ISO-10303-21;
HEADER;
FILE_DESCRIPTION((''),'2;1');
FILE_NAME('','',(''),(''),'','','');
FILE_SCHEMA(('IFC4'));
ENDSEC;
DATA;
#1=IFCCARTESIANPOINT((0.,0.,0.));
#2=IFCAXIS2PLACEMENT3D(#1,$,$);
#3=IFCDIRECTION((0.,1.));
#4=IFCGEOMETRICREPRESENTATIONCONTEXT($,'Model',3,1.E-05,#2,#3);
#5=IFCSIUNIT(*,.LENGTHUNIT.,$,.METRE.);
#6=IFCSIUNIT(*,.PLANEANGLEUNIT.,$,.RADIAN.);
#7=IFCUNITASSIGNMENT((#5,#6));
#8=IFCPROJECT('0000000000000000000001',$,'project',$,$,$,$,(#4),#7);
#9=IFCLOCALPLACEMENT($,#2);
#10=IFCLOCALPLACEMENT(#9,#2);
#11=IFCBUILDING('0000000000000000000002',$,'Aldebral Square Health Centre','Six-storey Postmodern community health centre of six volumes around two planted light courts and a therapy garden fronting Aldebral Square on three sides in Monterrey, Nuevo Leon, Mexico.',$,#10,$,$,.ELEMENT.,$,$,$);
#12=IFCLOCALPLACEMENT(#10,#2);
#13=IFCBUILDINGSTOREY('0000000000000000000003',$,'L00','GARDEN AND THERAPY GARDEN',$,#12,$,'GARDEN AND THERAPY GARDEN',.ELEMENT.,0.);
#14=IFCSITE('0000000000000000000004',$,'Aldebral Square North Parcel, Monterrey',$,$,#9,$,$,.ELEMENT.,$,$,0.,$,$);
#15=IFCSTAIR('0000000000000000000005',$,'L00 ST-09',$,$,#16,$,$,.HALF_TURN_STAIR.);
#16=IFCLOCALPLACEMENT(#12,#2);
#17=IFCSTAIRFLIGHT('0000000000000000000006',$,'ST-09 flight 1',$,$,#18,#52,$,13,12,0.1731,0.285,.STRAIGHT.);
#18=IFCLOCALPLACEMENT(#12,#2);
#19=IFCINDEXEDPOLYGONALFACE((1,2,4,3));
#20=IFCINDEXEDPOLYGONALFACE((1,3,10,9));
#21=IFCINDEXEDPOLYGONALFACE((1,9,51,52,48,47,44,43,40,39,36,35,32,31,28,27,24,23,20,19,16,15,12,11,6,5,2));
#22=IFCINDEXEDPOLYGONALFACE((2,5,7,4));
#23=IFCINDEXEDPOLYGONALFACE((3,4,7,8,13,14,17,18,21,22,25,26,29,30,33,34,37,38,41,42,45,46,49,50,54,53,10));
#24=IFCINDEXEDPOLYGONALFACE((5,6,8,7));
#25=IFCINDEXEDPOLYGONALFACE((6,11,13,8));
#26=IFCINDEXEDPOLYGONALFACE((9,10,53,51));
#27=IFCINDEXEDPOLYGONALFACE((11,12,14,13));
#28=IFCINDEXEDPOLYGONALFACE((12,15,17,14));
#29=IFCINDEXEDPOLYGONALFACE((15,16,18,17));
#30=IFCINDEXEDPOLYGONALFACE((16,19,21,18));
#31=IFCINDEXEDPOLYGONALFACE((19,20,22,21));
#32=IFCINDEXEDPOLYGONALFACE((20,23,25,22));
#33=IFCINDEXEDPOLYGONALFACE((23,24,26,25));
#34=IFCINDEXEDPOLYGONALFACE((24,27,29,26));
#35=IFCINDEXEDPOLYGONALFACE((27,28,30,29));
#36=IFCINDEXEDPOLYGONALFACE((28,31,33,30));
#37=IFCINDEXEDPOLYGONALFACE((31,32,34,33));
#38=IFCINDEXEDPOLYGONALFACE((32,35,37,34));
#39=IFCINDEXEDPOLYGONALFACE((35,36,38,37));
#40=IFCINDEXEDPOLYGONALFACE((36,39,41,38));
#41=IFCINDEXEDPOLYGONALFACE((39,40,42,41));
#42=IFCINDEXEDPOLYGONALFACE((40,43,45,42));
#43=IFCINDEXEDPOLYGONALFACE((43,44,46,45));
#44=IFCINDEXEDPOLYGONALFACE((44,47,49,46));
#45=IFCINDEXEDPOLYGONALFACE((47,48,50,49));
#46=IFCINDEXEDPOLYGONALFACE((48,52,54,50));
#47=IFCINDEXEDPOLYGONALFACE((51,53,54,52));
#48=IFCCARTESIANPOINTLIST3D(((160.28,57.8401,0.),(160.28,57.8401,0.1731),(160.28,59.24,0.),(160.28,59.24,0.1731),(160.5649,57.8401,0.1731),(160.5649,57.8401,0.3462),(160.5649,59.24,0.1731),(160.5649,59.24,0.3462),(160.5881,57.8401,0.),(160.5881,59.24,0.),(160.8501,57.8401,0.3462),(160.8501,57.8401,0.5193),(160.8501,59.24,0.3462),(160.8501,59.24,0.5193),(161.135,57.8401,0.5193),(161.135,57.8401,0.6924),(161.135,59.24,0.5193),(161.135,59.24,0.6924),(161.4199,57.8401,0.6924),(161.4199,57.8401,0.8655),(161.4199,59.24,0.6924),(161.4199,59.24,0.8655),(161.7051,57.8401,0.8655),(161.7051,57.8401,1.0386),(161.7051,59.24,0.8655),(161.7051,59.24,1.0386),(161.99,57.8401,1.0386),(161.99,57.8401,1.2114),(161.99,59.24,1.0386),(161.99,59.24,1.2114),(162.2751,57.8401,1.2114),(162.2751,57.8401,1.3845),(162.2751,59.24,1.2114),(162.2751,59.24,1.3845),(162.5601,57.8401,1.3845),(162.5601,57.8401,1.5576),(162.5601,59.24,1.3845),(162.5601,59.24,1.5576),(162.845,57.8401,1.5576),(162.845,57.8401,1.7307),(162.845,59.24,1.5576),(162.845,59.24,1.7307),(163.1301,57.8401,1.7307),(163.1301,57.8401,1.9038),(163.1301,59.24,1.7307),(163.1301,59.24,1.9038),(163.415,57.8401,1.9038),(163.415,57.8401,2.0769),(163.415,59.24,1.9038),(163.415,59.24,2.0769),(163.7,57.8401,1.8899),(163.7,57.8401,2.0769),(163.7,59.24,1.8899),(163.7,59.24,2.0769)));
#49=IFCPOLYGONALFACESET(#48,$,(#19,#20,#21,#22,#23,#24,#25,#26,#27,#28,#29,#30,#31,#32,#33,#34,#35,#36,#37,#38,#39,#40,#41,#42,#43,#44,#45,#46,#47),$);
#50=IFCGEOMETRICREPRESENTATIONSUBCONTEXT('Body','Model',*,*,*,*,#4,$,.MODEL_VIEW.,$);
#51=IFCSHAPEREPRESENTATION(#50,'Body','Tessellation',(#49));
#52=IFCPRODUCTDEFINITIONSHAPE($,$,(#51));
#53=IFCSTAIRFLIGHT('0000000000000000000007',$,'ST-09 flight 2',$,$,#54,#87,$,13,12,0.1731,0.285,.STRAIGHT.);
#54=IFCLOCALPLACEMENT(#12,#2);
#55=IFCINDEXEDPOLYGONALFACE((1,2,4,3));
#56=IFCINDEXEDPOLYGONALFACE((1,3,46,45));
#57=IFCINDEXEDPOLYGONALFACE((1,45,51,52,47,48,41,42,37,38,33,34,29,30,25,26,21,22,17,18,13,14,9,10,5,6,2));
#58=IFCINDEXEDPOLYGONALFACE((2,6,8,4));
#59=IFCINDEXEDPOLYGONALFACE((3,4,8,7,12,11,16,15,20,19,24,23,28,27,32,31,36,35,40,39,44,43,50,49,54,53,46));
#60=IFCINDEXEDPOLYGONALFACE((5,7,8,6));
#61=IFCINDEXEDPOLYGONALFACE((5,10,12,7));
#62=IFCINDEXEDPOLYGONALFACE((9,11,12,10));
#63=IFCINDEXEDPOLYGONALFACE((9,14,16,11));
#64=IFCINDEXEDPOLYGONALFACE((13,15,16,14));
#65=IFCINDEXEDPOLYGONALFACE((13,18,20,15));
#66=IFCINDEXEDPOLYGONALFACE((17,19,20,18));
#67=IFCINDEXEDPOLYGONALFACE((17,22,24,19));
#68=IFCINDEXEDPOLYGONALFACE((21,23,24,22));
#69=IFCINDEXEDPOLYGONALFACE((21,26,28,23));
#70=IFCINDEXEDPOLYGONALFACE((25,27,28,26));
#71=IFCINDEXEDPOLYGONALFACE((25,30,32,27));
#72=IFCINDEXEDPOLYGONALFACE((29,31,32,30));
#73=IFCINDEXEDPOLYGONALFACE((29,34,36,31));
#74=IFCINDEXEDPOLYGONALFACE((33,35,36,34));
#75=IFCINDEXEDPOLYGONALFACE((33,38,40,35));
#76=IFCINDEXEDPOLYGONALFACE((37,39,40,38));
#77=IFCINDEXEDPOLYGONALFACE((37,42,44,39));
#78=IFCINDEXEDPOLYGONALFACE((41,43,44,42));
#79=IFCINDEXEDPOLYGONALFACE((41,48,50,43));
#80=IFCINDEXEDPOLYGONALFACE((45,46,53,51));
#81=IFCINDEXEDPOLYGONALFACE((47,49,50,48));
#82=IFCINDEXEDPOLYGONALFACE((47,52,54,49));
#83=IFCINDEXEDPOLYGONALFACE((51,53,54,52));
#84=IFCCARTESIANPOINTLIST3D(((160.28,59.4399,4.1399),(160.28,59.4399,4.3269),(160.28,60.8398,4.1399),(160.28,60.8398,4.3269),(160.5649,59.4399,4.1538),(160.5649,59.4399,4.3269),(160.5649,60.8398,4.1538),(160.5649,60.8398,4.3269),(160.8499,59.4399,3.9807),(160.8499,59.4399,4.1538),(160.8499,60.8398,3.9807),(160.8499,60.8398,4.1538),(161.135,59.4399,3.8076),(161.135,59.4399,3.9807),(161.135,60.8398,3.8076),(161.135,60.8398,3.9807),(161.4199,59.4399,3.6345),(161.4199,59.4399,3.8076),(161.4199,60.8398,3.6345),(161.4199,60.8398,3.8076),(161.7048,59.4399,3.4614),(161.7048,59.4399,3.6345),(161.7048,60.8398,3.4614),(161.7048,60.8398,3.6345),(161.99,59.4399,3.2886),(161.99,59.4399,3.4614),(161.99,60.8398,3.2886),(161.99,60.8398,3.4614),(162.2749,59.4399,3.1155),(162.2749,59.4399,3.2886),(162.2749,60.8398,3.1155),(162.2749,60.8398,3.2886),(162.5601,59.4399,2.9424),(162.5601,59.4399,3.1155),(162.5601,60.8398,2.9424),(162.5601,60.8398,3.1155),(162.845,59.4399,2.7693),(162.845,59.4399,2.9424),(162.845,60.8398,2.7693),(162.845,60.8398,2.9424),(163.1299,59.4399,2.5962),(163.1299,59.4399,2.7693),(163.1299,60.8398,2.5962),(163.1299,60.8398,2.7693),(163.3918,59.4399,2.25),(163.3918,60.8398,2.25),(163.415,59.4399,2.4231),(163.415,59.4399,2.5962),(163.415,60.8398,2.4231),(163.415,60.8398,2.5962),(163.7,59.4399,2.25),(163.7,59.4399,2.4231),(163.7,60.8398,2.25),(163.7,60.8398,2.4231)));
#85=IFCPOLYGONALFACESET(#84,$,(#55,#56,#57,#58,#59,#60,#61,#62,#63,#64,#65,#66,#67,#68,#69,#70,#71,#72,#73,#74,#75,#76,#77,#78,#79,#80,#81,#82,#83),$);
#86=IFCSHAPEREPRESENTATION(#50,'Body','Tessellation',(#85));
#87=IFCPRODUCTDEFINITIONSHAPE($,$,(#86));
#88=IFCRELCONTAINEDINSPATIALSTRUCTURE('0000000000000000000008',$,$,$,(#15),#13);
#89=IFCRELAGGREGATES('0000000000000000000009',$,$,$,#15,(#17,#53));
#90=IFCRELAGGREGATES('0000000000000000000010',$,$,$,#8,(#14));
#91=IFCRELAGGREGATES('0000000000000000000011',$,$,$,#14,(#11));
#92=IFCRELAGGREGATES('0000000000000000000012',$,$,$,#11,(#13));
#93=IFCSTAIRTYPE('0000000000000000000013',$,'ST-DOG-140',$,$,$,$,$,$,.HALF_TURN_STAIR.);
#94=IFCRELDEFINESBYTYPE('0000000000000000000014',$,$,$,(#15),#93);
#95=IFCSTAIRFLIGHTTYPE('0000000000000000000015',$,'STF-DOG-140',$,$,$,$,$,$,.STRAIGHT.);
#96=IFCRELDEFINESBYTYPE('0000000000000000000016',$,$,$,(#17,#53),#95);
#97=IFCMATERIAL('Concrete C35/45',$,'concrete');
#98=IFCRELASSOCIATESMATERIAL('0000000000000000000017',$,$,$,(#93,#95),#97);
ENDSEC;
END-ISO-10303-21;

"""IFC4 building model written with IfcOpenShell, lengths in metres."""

from ifc_helpers import new_model, si_unit, direction, frame, origin, place, context, subcontext, project, spatial, polyline, outline, extrude, material, type_object, element, aggregate, save


model = new_model("IFC4")

# Units and contexts
model_context = context("Model", 3, precision=1e-05, world=origin(), true_north=direction((0.0, 1.0)))
body_context = subcontext(model_context, "Body", "Model", "MODEL_VIEW")
ifc_project = project(units=[si_unit("LENGTHUNIT", "METRE"), si_unit("PLANEANGLEUNIT", "RADIAN")], contexts=[model_context])

# Site, building, storey
site_placement = place(None, origin())
site = spatial("IfcSite", under=ifc_project, at=site_placement, Name="Aldebral Square North Parcel, Monterrey", CompositionType="ELEMENT", RefElevation=0.0)
building_placement = place(site_placement, origin())
building = spatial("IfcBuilding", under=site, at=building_placement, Name="Aldebral Square Health Centre", Description="Six-storey Postmodern community health centre of six volumes around two planted light courts and a therapy garden fronting Aldebral Square on three sides in Monterrey, Nuevo Leon, Mexico.", CompositionType="ELEMENT")
storey_placement = place(building_placement, origin())
storey = spatial("IfcBuildingStorey", under=building, at=storey_placement, Name="L00", Description="GARDEN AND THERAPY GARDEN", LongName="GARDEN AND THERAPY GARDEN", CompositionType="ELEMENT", Elevation=0.0)

# Shared definitions
ifc_material_1 = material(Name="Concrete C35/45", Category="concrete")

# Stair, stair flights
stair_type = type_object("IfcStairType", Name="ST-DOG-140", PredefinedType="HALF_TURN_STAIR", material=ifc_material_1)
stair_placement = place(storey_placement, origin())
stair = element("IfcStair", 1, at=stair_placement, inside=storey, type_object=stair_type, Name="L00 ST-09", PredefinedType="HALF_TURN_STAIR")
stair_flight_type = type_object("IfcStairFlightType", Name="STF-DOG-140", PredefinedType="STRAIGHT", material=ifc_material_1)
stair_flight_1_placement = place(storey_placement, frame((160.28, 58.54, 0.0), z_axis=(0.0, 0.0, 1.0), x_axis=(1.0, 0.0, 0.0)))
stair_flight_1 = element("IfcStairFlight", 2, at=stair_flight_1_placement, type_object=stair_flight_type, Name="ST-09 flight 1", NumberOfRisers=13, NumberOfTreads=12, PredefinedType="STRAIGHT", RiserHeight=0.1731, TreadLength=0.285, context=body_context, shape_type="SweptSolid", body=[
    extrude(outline(polyline([(0.0, 0.0), (0.0, 0.1731), (0.2849, 0.1731), (0.2849, 0.3462), (0.5701, 0.3462), (0.5701, 0.5193), (0.855, 0.5193), (0.855, 0.6924), (1.1399, 0.6924), (1.1399, 0.8655), (1.425, 0.8655), (1.425, 1.0386), (1.71, 1.0386), (1.71, 1.2114), (1.9951, 1.2114), (1.9951, 1.3845), (2.28, 1.3845), (2.28, 1.5576), (2.5649, 1.5576), (2.5649, 1.7307), (2.8501, 1.7307), (2.8501, 1.9038), (3.135, 1.9038), (3.135, 2.0769), (3.4199, 2.0769), (3.4199, 2.25), (3.4199, 1.8899), (0.3081, 0.0), (0.0, 0.0)])), frame((0.0, 0.7, 0.0), z_axis=(0.0, -1.0, 0.0), x_axis=(1.0, 0.0, 0.0)), (0.0, 0.0, 1.0), 1.3999),
])
stair_flight_2_placement = place(storey_placement, frame((163.7, 60.1399, 2.25), z_axis=(0.0, 0.0, 1.0), x_axis=(-1.0, 0.0, 0.0)))
stair_flight_2 = element("IfcStairFlight", 3, at=stair_flight_2_placement, type_object=stair_flight_type, Name="ST-09 flight 2", NumberOfRisers=13, NumberOfTreads=12, PredefinedType="STRAIGHT", RiserHeight=0.1731, TreadLength=0.285, context=body_context, shape_type="SweptSolid", body=[
    extrude(outline(polyline([(0.0, 0.0), (0.0, 0.1731), (0.2849, 0.1731), (0.2849, 0.3462), (0.5701, 0.3462), (0.5701, 0.5193), (0.855, 0.5193), (0.855, 0.6924), (1.1399, 0.6924), (1.1399, 0.8655), (1.425, 0.8655), (1.425, 1.0386), (1.71, 1.0386), (1.71, 1.2114), (1.9951, 1.2114), (1.9951, 1.3845), (2.28, 1.3845), (2.28, 1.5576), (2.5649, 1.5576), (2.5649, 1.7307), (2.8501, 1.7307), (2.8501, 1.9038), (3.135, 1.9038), (3.135, 2.0769), (3.4199, 2.0769), (3.4199, 2.25), (3.4199, 1.8899), (0.3081, 0.0), (0.0, 0.0)])), frame((0.0, 0.7, 0.0), z_axis=(0.0, -1.0, 0.0), x_axis=(1.0, 0.0, 0.0)), (0.0, 0.0, 1.0), 1.3999),
])
aggregate(stair, [stair_flight_1, stair_flight_2])

save(model, "model.ifc")
